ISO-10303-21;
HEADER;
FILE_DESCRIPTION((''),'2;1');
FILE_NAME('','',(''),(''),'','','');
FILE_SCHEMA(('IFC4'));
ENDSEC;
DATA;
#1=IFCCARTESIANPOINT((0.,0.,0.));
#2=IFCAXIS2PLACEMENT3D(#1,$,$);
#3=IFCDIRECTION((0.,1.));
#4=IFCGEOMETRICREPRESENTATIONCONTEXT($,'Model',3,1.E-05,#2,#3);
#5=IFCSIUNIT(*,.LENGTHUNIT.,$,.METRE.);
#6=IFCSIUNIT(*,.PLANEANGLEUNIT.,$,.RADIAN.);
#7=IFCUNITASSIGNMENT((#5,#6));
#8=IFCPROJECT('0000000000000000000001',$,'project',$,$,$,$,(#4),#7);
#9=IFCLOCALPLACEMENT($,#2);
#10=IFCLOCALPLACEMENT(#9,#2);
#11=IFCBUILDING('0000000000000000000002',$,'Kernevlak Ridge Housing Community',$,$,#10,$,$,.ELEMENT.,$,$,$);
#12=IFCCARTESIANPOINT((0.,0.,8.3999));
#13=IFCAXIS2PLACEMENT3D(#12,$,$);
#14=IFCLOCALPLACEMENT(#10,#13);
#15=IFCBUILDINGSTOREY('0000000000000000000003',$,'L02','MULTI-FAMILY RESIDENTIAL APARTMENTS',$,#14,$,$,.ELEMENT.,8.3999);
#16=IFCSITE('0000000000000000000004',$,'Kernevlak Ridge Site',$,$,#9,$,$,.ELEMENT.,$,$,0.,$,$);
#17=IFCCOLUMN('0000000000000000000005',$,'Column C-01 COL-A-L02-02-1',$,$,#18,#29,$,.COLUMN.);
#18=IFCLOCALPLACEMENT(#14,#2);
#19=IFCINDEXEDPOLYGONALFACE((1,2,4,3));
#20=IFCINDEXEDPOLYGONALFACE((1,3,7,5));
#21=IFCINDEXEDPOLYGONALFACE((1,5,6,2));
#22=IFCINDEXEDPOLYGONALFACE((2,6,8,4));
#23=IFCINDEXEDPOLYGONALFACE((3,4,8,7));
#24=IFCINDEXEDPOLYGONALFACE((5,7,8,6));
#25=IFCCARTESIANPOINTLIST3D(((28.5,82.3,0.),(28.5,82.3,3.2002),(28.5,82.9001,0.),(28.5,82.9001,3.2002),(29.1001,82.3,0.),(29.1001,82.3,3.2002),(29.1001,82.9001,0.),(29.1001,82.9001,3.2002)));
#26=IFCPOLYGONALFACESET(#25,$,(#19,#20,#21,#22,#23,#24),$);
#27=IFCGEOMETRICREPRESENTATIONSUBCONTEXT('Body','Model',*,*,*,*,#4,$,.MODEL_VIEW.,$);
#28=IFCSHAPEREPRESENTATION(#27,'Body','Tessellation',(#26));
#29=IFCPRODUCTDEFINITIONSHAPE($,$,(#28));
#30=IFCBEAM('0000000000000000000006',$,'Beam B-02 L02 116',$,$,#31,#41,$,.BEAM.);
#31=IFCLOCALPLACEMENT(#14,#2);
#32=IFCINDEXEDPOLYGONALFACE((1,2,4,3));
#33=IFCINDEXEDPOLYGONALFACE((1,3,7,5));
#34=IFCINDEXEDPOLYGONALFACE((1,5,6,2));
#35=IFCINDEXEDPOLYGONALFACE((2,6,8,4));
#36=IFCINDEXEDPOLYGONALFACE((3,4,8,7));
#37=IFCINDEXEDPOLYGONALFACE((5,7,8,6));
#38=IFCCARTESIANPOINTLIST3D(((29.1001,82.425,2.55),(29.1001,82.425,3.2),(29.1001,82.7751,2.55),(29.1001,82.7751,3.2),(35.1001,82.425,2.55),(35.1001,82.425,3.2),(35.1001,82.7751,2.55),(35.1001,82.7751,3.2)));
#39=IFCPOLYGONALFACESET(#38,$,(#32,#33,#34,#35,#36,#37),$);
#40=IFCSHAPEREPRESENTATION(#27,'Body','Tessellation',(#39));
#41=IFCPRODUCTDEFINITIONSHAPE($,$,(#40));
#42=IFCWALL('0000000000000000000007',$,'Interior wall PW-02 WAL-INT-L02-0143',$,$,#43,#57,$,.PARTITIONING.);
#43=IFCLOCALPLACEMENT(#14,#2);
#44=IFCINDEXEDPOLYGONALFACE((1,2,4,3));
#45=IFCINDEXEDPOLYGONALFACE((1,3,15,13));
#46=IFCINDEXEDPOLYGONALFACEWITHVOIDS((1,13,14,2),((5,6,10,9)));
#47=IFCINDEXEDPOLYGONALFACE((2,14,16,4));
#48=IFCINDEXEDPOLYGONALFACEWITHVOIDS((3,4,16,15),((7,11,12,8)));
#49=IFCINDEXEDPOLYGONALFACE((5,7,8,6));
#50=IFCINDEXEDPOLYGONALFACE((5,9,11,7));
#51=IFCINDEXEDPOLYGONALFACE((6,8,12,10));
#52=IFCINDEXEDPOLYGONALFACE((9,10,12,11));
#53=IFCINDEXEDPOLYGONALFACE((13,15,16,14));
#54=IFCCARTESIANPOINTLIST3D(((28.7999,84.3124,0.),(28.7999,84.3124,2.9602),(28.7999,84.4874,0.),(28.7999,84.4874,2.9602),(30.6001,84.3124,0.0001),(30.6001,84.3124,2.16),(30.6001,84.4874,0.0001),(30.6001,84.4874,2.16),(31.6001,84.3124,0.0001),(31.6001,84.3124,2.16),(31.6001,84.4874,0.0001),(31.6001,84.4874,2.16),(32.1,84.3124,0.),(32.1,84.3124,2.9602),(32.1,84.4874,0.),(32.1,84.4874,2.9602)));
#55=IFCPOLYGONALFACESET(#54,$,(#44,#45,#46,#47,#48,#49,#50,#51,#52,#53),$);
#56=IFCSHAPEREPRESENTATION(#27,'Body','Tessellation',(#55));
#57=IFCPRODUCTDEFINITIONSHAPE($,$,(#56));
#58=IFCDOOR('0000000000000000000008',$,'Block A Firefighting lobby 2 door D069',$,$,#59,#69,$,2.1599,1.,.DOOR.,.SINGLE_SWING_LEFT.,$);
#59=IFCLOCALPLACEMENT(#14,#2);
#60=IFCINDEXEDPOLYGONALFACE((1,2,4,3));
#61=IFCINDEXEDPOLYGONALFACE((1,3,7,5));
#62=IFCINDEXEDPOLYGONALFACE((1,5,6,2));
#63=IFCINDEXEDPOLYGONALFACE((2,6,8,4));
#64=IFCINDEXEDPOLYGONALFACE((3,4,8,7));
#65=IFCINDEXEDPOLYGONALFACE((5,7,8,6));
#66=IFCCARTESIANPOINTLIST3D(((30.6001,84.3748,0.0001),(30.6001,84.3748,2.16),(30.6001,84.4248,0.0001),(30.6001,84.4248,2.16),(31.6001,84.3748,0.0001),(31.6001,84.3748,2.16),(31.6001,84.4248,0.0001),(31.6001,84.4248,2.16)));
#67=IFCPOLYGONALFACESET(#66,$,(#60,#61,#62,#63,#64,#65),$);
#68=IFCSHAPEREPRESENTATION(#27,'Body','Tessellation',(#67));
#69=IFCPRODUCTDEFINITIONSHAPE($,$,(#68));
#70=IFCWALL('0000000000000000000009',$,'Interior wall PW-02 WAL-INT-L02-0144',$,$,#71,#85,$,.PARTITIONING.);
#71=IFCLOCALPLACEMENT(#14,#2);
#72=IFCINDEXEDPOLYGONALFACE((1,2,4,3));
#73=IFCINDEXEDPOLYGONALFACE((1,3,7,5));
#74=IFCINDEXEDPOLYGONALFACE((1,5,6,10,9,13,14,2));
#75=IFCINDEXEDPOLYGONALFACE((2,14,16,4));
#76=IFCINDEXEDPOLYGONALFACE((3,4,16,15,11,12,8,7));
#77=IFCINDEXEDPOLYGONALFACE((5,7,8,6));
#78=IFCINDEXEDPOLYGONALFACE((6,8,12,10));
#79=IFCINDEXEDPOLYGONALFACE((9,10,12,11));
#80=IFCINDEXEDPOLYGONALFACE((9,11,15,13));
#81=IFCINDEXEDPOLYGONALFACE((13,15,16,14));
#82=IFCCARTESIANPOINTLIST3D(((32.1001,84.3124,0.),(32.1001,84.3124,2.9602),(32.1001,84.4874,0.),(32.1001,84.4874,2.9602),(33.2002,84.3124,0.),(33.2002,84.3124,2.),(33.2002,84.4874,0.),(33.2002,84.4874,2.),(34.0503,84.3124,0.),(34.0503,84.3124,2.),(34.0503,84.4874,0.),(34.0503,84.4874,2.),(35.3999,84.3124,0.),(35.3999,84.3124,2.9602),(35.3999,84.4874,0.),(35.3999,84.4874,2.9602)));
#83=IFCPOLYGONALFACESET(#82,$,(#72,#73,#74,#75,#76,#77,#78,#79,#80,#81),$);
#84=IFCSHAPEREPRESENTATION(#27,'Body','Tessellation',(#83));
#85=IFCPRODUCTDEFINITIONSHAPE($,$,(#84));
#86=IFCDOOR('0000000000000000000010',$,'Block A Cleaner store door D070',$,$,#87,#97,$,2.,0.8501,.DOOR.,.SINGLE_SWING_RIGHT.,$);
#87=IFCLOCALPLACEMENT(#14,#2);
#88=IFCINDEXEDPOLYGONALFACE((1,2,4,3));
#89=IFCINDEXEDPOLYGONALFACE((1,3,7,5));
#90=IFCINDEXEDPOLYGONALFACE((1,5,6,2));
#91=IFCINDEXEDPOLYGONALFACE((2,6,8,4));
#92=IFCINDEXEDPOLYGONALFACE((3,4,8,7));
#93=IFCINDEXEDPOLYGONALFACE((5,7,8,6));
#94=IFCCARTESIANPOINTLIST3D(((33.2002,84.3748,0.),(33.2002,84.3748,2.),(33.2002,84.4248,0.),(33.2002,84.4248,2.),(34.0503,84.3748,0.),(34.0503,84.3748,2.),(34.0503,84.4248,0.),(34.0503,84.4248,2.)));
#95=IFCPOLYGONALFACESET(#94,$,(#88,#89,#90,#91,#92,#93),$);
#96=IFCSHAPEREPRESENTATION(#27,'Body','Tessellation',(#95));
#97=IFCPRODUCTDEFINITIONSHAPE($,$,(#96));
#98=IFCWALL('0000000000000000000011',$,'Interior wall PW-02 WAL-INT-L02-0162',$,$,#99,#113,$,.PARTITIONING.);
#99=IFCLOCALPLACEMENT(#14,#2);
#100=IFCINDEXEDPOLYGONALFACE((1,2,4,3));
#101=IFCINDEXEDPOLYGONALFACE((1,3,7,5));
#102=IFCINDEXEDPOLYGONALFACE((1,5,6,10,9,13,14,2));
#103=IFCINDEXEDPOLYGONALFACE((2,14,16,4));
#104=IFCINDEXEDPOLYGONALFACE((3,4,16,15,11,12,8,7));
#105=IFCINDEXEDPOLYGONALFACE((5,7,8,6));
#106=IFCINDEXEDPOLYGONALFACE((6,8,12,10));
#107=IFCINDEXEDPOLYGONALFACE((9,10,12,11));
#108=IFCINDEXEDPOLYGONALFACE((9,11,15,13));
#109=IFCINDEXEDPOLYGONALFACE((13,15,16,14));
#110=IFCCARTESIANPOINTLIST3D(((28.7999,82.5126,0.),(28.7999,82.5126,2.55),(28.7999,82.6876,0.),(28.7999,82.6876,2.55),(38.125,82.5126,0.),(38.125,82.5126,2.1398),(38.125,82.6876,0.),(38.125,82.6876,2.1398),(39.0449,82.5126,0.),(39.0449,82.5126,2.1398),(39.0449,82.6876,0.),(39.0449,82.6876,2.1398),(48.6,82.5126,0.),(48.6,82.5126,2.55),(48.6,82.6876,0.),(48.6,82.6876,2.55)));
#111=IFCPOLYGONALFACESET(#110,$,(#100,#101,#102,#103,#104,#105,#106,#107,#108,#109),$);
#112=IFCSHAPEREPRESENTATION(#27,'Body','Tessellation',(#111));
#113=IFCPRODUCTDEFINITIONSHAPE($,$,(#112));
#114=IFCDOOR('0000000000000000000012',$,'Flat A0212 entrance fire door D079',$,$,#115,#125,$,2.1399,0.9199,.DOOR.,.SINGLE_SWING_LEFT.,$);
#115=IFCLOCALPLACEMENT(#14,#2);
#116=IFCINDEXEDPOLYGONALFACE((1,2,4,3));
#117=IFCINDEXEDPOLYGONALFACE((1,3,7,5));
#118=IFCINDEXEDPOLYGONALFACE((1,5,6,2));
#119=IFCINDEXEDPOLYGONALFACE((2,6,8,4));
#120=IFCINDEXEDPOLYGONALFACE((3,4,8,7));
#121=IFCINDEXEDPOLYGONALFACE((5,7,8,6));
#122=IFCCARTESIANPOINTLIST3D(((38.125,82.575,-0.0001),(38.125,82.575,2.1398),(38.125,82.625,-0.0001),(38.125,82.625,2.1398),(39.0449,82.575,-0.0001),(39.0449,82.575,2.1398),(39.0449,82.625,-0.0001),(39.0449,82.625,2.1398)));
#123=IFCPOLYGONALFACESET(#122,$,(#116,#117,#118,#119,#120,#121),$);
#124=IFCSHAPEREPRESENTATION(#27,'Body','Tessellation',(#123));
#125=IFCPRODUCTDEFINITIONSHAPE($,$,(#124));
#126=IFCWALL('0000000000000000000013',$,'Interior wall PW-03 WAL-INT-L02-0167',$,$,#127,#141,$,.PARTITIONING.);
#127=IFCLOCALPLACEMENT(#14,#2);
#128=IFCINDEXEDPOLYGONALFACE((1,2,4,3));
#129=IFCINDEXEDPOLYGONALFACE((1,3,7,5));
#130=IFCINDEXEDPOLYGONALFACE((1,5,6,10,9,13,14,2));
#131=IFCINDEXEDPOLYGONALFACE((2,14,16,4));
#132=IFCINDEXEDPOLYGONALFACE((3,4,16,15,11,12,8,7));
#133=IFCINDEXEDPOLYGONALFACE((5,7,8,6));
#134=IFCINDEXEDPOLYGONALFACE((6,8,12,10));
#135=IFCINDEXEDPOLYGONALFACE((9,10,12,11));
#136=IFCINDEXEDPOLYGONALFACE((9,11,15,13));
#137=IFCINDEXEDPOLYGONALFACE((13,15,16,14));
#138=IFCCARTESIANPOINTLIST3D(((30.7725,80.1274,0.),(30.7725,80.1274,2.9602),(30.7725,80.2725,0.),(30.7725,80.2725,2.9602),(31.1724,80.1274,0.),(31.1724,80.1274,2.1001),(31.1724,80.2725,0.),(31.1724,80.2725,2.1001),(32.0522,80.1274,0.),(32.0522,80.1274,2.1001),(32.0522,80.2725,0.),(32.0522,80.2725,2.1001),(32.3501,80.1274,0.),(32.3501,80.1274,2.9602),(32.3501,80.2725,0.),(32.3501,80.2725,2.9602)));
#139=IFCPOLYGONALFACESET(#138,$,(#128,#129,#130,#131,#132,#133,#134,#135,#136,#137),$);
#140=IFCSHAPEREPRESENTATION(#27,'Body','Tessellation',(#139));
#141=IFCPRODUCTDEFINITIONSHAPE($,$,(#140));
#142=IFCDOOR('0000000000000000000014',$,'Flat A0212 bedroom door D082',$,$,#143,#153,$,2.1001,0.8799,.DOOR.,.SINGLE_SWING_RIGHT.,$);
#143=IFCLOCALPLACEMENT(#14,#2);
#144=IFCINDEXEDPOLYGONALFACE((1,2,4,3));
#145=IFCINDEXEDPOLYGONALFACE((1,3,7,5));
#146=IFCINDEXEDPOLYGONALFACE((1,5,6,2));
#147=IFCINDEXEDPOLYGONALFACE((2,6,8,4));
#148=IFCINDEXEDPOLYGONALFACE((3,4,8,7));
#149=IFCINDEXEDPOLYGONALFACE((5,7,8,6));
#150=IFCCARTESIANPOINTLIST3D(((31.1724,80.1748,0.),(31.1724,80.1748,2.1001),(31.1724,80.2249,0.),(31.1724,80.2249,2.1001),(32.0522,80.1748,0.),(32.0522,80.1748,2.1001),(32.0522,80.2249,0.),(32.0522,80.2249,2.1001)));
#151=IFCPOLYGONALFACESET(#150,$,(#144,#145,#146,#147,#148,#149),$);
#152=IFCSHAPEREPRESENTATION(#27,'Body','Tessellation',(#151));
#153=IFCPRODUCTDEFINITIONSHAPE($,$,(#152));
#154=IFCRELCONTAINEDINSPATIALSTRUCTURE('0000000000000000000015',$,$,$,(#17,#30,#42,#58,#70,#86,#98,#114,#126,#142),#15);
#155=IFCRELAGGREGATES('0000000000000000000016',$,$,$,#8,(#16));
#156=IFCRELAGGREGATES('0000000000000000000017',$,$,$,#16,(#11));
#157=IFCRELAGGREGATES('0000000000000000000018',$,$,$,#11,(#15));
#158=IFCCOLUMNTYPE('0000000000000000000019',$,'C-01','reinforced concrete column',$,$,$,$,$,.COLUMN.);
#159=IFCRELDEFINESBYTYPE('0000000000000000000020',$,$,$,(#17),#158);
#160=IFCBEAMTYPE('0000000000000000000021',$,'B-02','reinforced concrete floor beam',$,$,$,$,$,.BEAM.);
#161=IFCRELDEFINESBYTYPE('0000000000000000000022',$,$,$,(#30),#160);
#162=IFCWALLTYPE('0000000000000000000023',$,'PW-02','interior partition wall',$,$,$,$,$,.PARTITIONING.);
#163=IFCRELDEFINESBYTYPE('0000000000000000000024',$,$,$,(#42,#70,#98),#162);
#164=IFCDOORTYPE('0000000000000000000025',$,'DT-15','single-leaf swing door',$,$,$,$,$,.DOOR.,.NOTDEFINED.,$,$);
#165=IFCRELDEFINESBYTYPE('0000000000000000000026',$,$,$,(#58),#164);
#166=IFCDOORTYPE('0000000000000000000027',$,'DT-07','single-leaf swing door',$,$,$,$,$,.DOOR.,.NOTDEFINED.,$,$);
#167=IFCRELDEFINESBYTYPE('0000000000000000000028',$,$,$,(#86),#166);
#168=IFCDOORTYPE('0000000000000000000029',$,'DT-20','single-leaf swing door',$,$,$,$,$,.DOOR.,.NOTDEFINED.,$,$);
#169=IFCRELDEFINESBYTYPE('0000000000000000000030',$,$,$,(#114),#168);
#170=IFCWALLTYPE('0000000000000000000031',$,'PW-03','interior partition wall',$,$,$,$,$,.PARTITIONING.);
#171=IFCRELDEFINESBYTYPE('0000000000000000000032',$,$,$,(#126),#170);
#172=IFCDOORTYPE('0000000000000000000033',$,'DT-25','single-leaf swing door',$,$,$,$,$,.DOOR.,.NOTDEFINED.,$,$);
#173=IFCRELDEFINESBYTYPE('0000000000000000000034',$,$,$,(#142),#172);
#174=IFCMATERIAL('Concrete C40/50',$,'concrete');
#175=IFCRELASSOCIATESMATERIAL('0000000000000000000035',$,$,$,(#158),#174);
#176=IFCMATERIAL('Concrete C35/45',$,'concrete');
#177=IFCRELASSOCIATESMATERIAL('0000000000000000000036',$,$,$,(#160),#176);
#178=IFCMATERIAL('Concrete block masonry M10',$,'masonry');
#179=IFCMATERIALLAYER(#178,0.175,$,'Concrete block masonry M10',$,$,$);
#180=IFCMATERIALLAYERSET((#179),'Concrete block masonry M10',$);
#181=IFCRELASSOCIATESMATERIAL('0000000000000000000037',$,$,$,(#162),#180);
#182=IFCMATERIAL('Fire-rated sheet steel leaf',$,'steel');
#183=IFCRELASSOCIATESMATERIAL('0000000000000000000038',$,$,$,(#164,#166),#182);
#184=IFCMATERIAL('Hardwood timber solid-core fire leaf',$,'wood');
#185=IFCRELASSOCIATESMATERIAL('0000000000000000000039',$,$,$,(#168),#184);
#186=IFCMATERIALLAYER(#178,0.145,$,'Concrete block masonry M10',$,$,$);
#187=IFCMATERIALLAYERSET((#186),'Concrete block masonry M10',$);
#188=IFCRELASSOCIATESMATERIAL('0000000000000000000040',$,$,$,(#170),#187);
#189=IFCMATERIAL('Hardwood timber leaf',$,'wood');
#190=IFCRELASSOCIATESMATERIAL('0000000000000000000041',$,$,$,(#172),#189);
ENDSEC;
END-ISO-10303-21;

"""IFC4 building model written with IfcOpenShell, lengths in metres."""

from ifc_helpers import new_model, si_unit, direction, frame, frame_2d, origin, origin_2d, place, context, subcontext, project, spatial, rectangle, extrude, material, layer, layer_set, material_profile, profile_set, type_object, element, fill, save


model = new_model("IFC4")

# Units and contexts
model_context = context("Model", 3, precision=1e-05, world=origin(), true_north=direction((0.0, 1.0)))
body_context = subcontext(model_context, "Body", "Model", "MODEL_VIEW")
ifc_project = project(units=[si_unit("LENGTHUNIT", "METRE"), si_unit("PLANEANGLEUNIT", "RADIAN")], contexts=[model_context])

# Site, building, storey
site_placement = place(None, origin())
site = spatial("IfcSite", under=ifc_project, at=site_placement, Name="Kernevlak Ridge Site", CompositionType="ELEMENT", RefElevation=0.0)
building_placement = place(site_placement, origin())
building = spatial("IfcBuilding", under=site, at=building_placement, Name="Kernevlak Ridge Housing Community", CompositionType="ELEMENT")
storey_placement = place(building_placement, frame((0.0, 0.0, 8.3999)))
storey = spatial("IfcBuildingStorey", under=building, at=storey_placement, Name="L02", Description="MULTI-FAMILY RESIDENTIAL APARTMENTS", CompositionType="ELEMENT", Elevation=8.3999)

# Column
ifc_material_1 = material(Name="Concrete C40/50", Category="concrete")
ifc_material_profile_1 = material_profile(ifc_material_1, rectangle(XDim=0.6001, YDim=0.6001, at=origin_2d()), Name="RC 600x600")
ifc_profile_set_1 = profile_set([ifc_material_profile_1], Name="Concrete C40/50")
column_type = type_object("IfcColumnType", Name="C-01", Description="reinforced concrete column", PredefinedType="COLUMN", material=ifc_profile_set_1)
column_placement = place(storey_placement, frame((28.8, 82.6001, 0.0), z_axis=(0.0, 0.0, 1.0), x_axis=(1.0, 0.0, 0.0)))
element("IfcColumn", 1, at=column_placement, inside=storey, type_object=column_type, Name="Column C-01 COL-A-L02-02-1", PredefinedType="COLUMN", context=body_context, shape_type="SweptSolid", body=[
    extrude(rectangle(XDim=0.6001, YDim=0.6001, at=origin_2d()), origin(), (0.0, 0.0, 1.0), 3.2002),
])

# Beam
ifc_material_2 = material(Name="Concrete C35/45", Category="concrete")
ifc_material_profile_2 = material_profile(ifc_material_2, rectangle(XDim=0.3501, YDim=0.6499, at=origin_2d()), Name="RC 350x650")
ifc_profile_set_2 = profile_set([ifc_material_profile_2], Name="Concrete C35/45")
beam_type = type_object("IfcBeamType", Name="B-02", Description="reinforced concrete floor beam", PredefinedType="BEAM", material=ifc_profile_set_2)
beam_placement = place(storey_placement, frame((29.1001, 82.6001, 2.875), z_axis=(1.0, 0.0, 0.0), x_axis=(0.0, 1.0, 0.0)))
element("IfcBeam", 2, at=beam_placement, inside=storey, type_object=beam_type, Name="Beam B-02 L02 116", PredefinedType="BEAM", context=body_context, shape_type="SweptSolid", body=[
    extrude(rectangle(XDim=0.3501, YDim=0.6499, at=origin_2d()), origin(), (0.0, 0.0, 1.0), 6.0),
])

# Walls, openings, doors
ifc_material_3 = material(Name="Concrete block masonry M10", Category="masonry")
ifc_layer_1 = layer(ifc_material_3, 0.175, Name="Concrete block masonry M10")
ifc_layer_set_1 = layer_set([ifc_layer_1], Name="Concrete block masonry M10")
wall_type_1 = type_object("IfcWallType", Name="PW-02", Description="interior partition wall", PredefinedType="PARTITIONING", material=ifc_layer_set_1)
wall_1_placement = place(storey_placement, frame((28.8, 84.3999, 0.0), z_axis=(0.0, 0.0, 1.0), x_axis=(1.0, 0.0, 0.0)))
wall_1 = element("IfcWall", 3, at=wall_1_placement, inside=storey, type_object=wall_type_1, Name="Interior wall PW-02 WAL-INT-L02-0143", PredefinedType="PARTITIONING", context=body_context, shape_type="SweptSolid", body=[
    extrude(rectangle(XDim=3.3, YDim=0.175, at=frame_2d((1.6499, 0.0))), origin(), (0.0, 0.0, 1.0), 2.9602),
])
opening_1_placement = place(wall_1_placement, frame((1.8, 0.0, 0.0)))
opening_1 = element("IfcOpeningElement", 4, at=opening_1_placement, cuts=wall_1, PredefinedType="OPENING", context=body_context, shape_type="SweptSolid", body=[
    extrude(rectangle(XDim=1.0, YDim=2.1599, at=frame_2d((0.5, 1.0801))), frame((0.0, 0.0974, 0.0), z_axis=(0.0, -1.0, 0.0), x_axis=(1.0, 0.0, 0.0)), (0.0, 0.0, 1.0), 0.1951),
])
ifc_material_4 = material(Name="Fire-rated sheet steel leaf", Category="steel")
door_type_1 = type_object("IfcDoorType", Name="DT-15", Description="single-leaf swing door", OperationType="NOTDEFINED", PredefinedType="DOOR", material=ifc_material_4)
door_1_placement = place(opening_1_placement, origin())
door_1 = element("IfcDoor", 5, at=door_1_placement, inside=storey, type_object=door_type_1, Name="Block A Firefighting lobby 2 door D069", OperationType="SINGLE_SWING_LEFT", OverallHeight=2.1599, OverallWidth=1.0, PredefinedType="DOOR", context=body_context, shape_type="SweptSolid", body=[
    extrude(rectangle(XDim=1.0, YDim=2.1599, at=frame_2d((0.5, 1.0801))), frame((0.0, 0.0249, 0.0), z_axis=(0.0, -1.0, 0.0), x_axis=(1.0, 0.0, 0.0)), (0.0, 0.0, 1.0), 0.05),
])
fill(opening_1, door_1)
wall_2_placement = place(storey_placement, frame((32.1001, 84.3999, 0.0), z_axis=(0.0, 0.0, 1.0), x_axis=(1.0, 0.0, 0.0)))
wall_2 = element("IfcWall", 6, at=wall_2_placement, inside=storey, type_object=wall_type_1, Name="Interior wall PW-02 WAL-INT-L02-0144", PredefinedType="PARTITIONING", context=body_context, shape_type="SweptSolid", body=[
    extrude(rectangle(XDim=3.2998, YDim=0.175, at=frame_2d((1.6499, 0.0))), origin(), (0.0, 0.0, 1.0), 2.9602),
])
opening_2_placement = place(wall_2_placement, frame((1.1001, 0.0, 0.0)))
opening_2 = element("IfcOpeningElement", 7, at=opening_2_placement, cuts=wall_2, PredefinedType="OPENING", context=body_context, shape_type="SweptSolid", body=[
    extrude(rectangle(XDim=0.8501, YDim=2.0, at=frame_2d((0.425, 1.0))), frame((0.0, 0.0974, 0.0), z_axis=(0.0, -1.0, 0.0), x_axis=(1.0, 0.0, 0.0)), (0.0, 0.0, 1.0), 0.1951),
])
door_type_2 = type_object("IfcDoorType", Name="DT-07", Description="single-leaf swing door", OperationType="NOTDEFINED", PredefinedType="DOOR", material=ifc_material_4)
door_2_placement = place(opening_2_placement, origin())
door_2 = element("IfcDoor", 8, at=door_2_placement, inside=storey, type_object=door_type_2, Name="Block A Cleaner store door D070", OperationType="SINGLE_SWING_RIGHT", OverallHeight=2.0, OverallWidth=0.8501, PredefinedType="DOOR", context=body_context, shape_type="SweptSolid", body=[
    extrude(rectangle(XDim=0.8501, YDim=2.0, at=frame_2d((0.425, 1.0))), frame((0.0, 0.0249, 0.0), z_axis=(0.0, -1.0, 0.0), x_axis=(1.0, 0.0, 0.0)), (0.0, 0.0, 1.0), 0.05),
])
fill(opening_2, door_2)
wall_3_placement = place(storey_placement, frame((28.8, 82.6001, 0.0), z_axis=(0.0, 0.0, 1.0), x_axis=(1.0, 0.0, 0.0)))
wall_3 = element("IfcWall", 9, at=wall_3_placement, inside=storey, type_object=wall_type_1, Name="Interior wall PW-02 WAL-INT-L02-0162", PredefinedType="PARTITIONING", context=body_context, shape_type="SweptSolid", body=[
    extrude(rectangle(XDim=19.8, YDim=0.175, at=frame_2d((9.8999, 0.0))), origin(), (0.0, 0.0, 1.0), 2.55),
])
opening_3_placement = place(wall_3_placement, frame((9.325, 0.0, 0.0)))
opening_3 = element("IfcOpeningElement", 10, at=opening_3_placement, cuts=wall_3, PredefinedType="OPENING", context=body_context, shape_type="SweptSolid", body=[
    extrude(rectangle(XDim=0.9199, YDim=2.1399, at=frame_2d((0.46, 1.0698))), frame((0.0, 0.0974, 0.0), z_axis=(0.0, -1.0, 0.0), x_axis=(1.0, 0.0, 0.0)), (0.0, 0.0, 1.0), 0.1951),
])
ifc_material_5 = material(Name="Hardwood timber solid-core fire leaf", Category="wood")
door_type_3 = type_object("IfcDoorType", Name="DT-20", Description="single-leaf swing door", OperationType="NOTDEFINED", PredefinedType="DOOR", material=ifc_material_5)
door_3_placement = place(opening_3_placement, origin())
door_3 = element("IfcDoor", 11, at=door_3_placement, inside=storey, type_object=door_type_3, Name="Flat A0212 entrance fire door D079", OperationType="SINGLE_SWING_LEFT", OverallHeight=2.1399, OverallWidth=0.9199, PredefinedType="DOOR", context=body_context, shape_type="SweptSolid", body=[
    extrude(rectangle(XDim=0.9199, YDim=2.1399, at=frame_2d((0.46, 1.0698))), frame((0.0, 0.0249, 0.0), z_axis=(0.0, -1.0, 0.0), x_axis=(1.0, 0.0, 0.0)), (0.0, 0.0, 1.0), 0.05),
])
fill(opening_3, door_3)
ifc_layer_2 = layer(ifc_material_3, 0.145, Name="Concrete block masonry M10")
ifc_layer_set_2 = layer_set([ifc_layer_2], Name="Concrete block masonry M10")
wall_type_2 = type_object("IfcWallType", Name="PW-03", Description="interior partition wall", PredefinedType="PARTITIONING", material=ifc_layer_set_2)
wall_4_placement = place(storey_placement, frame((30.7725, 80.2, 0.0), z_axis=(0.0, 0.0, 1.0), x_axis=(1.0, 0.0, 0.0)))
wall_4 = element("IfcWall", 12, at=wall_4_placement, inside=storey, type_object=wall_type_2, Name="Interior wall PW-03 WAL-INT-L02-0167", PredefinedType="PARTITIONING", context=body_context, shape_type="SweptSolid", body=[
    extrude(rectangle(XDim=1.5776, YDim=0.145, at=frame_2d((0.7888, 0.0))), origin(), (0.0, 0.0, 1.0), 2.9602),
])
opening_4_placement = place(wall_4_placement, frame((0.3999, 0.0, 0.0)))
opening_4 = element("IfcOpeningElement", 13, at=opening_4_placement, cuts=wall_4, PredefinedType="OPENING", context=body_context, shape_type="SweptSolid", body=[
    extrude(rectangle(XDim=0.8799, YDim=2.1001, at=frame_2d((0.4399, 1.05))), frame((0.0, 0.0825, 0.0), z_axis=(0.0, -1.0, 0.0), x_axis=(1.0, 0.0, 0.0)), (0.0, 0.0, 1.0), 0.165),
])
ifc_material_6 = material(Name="Hardwood timber leaf", Category="wood")
door_type_4 = type_object("IfcDoorType", Name="DT-25", Description="single-leaf swing door", OperationType="NOTDEFINED", PredefinedType="DOOR", material=ifc_material_6)
door_4_placement = place(opening_4_placement, origin())
door_4 = element("IfcDoor", 14, at=door_4_placement, inside=storey, type_object=door_type_4, Name="Flat A0212 bedroom door D082", OperationType="SINGLE_SWING_RIGHT", OverallHeight=2.1001, OverallWidth=0.8799, PredefinedType="DOOR", context=body_context, shape_type="SweptSolid", body=[
    extrude(rectangle(XDim=0.8799, YDim=2.1001, at=frame_2d((0.4399, 1.05))), frame((0.0, 0.0249, 0.0), z_axis=(0.0, -1.0, 0.0), x_axis=(1.0, 0.0, 0.0)), (0.0, 0.0, 1.0), 0.05),
])
fill(opening_4, door_4)

save(model, "model.ifc")
